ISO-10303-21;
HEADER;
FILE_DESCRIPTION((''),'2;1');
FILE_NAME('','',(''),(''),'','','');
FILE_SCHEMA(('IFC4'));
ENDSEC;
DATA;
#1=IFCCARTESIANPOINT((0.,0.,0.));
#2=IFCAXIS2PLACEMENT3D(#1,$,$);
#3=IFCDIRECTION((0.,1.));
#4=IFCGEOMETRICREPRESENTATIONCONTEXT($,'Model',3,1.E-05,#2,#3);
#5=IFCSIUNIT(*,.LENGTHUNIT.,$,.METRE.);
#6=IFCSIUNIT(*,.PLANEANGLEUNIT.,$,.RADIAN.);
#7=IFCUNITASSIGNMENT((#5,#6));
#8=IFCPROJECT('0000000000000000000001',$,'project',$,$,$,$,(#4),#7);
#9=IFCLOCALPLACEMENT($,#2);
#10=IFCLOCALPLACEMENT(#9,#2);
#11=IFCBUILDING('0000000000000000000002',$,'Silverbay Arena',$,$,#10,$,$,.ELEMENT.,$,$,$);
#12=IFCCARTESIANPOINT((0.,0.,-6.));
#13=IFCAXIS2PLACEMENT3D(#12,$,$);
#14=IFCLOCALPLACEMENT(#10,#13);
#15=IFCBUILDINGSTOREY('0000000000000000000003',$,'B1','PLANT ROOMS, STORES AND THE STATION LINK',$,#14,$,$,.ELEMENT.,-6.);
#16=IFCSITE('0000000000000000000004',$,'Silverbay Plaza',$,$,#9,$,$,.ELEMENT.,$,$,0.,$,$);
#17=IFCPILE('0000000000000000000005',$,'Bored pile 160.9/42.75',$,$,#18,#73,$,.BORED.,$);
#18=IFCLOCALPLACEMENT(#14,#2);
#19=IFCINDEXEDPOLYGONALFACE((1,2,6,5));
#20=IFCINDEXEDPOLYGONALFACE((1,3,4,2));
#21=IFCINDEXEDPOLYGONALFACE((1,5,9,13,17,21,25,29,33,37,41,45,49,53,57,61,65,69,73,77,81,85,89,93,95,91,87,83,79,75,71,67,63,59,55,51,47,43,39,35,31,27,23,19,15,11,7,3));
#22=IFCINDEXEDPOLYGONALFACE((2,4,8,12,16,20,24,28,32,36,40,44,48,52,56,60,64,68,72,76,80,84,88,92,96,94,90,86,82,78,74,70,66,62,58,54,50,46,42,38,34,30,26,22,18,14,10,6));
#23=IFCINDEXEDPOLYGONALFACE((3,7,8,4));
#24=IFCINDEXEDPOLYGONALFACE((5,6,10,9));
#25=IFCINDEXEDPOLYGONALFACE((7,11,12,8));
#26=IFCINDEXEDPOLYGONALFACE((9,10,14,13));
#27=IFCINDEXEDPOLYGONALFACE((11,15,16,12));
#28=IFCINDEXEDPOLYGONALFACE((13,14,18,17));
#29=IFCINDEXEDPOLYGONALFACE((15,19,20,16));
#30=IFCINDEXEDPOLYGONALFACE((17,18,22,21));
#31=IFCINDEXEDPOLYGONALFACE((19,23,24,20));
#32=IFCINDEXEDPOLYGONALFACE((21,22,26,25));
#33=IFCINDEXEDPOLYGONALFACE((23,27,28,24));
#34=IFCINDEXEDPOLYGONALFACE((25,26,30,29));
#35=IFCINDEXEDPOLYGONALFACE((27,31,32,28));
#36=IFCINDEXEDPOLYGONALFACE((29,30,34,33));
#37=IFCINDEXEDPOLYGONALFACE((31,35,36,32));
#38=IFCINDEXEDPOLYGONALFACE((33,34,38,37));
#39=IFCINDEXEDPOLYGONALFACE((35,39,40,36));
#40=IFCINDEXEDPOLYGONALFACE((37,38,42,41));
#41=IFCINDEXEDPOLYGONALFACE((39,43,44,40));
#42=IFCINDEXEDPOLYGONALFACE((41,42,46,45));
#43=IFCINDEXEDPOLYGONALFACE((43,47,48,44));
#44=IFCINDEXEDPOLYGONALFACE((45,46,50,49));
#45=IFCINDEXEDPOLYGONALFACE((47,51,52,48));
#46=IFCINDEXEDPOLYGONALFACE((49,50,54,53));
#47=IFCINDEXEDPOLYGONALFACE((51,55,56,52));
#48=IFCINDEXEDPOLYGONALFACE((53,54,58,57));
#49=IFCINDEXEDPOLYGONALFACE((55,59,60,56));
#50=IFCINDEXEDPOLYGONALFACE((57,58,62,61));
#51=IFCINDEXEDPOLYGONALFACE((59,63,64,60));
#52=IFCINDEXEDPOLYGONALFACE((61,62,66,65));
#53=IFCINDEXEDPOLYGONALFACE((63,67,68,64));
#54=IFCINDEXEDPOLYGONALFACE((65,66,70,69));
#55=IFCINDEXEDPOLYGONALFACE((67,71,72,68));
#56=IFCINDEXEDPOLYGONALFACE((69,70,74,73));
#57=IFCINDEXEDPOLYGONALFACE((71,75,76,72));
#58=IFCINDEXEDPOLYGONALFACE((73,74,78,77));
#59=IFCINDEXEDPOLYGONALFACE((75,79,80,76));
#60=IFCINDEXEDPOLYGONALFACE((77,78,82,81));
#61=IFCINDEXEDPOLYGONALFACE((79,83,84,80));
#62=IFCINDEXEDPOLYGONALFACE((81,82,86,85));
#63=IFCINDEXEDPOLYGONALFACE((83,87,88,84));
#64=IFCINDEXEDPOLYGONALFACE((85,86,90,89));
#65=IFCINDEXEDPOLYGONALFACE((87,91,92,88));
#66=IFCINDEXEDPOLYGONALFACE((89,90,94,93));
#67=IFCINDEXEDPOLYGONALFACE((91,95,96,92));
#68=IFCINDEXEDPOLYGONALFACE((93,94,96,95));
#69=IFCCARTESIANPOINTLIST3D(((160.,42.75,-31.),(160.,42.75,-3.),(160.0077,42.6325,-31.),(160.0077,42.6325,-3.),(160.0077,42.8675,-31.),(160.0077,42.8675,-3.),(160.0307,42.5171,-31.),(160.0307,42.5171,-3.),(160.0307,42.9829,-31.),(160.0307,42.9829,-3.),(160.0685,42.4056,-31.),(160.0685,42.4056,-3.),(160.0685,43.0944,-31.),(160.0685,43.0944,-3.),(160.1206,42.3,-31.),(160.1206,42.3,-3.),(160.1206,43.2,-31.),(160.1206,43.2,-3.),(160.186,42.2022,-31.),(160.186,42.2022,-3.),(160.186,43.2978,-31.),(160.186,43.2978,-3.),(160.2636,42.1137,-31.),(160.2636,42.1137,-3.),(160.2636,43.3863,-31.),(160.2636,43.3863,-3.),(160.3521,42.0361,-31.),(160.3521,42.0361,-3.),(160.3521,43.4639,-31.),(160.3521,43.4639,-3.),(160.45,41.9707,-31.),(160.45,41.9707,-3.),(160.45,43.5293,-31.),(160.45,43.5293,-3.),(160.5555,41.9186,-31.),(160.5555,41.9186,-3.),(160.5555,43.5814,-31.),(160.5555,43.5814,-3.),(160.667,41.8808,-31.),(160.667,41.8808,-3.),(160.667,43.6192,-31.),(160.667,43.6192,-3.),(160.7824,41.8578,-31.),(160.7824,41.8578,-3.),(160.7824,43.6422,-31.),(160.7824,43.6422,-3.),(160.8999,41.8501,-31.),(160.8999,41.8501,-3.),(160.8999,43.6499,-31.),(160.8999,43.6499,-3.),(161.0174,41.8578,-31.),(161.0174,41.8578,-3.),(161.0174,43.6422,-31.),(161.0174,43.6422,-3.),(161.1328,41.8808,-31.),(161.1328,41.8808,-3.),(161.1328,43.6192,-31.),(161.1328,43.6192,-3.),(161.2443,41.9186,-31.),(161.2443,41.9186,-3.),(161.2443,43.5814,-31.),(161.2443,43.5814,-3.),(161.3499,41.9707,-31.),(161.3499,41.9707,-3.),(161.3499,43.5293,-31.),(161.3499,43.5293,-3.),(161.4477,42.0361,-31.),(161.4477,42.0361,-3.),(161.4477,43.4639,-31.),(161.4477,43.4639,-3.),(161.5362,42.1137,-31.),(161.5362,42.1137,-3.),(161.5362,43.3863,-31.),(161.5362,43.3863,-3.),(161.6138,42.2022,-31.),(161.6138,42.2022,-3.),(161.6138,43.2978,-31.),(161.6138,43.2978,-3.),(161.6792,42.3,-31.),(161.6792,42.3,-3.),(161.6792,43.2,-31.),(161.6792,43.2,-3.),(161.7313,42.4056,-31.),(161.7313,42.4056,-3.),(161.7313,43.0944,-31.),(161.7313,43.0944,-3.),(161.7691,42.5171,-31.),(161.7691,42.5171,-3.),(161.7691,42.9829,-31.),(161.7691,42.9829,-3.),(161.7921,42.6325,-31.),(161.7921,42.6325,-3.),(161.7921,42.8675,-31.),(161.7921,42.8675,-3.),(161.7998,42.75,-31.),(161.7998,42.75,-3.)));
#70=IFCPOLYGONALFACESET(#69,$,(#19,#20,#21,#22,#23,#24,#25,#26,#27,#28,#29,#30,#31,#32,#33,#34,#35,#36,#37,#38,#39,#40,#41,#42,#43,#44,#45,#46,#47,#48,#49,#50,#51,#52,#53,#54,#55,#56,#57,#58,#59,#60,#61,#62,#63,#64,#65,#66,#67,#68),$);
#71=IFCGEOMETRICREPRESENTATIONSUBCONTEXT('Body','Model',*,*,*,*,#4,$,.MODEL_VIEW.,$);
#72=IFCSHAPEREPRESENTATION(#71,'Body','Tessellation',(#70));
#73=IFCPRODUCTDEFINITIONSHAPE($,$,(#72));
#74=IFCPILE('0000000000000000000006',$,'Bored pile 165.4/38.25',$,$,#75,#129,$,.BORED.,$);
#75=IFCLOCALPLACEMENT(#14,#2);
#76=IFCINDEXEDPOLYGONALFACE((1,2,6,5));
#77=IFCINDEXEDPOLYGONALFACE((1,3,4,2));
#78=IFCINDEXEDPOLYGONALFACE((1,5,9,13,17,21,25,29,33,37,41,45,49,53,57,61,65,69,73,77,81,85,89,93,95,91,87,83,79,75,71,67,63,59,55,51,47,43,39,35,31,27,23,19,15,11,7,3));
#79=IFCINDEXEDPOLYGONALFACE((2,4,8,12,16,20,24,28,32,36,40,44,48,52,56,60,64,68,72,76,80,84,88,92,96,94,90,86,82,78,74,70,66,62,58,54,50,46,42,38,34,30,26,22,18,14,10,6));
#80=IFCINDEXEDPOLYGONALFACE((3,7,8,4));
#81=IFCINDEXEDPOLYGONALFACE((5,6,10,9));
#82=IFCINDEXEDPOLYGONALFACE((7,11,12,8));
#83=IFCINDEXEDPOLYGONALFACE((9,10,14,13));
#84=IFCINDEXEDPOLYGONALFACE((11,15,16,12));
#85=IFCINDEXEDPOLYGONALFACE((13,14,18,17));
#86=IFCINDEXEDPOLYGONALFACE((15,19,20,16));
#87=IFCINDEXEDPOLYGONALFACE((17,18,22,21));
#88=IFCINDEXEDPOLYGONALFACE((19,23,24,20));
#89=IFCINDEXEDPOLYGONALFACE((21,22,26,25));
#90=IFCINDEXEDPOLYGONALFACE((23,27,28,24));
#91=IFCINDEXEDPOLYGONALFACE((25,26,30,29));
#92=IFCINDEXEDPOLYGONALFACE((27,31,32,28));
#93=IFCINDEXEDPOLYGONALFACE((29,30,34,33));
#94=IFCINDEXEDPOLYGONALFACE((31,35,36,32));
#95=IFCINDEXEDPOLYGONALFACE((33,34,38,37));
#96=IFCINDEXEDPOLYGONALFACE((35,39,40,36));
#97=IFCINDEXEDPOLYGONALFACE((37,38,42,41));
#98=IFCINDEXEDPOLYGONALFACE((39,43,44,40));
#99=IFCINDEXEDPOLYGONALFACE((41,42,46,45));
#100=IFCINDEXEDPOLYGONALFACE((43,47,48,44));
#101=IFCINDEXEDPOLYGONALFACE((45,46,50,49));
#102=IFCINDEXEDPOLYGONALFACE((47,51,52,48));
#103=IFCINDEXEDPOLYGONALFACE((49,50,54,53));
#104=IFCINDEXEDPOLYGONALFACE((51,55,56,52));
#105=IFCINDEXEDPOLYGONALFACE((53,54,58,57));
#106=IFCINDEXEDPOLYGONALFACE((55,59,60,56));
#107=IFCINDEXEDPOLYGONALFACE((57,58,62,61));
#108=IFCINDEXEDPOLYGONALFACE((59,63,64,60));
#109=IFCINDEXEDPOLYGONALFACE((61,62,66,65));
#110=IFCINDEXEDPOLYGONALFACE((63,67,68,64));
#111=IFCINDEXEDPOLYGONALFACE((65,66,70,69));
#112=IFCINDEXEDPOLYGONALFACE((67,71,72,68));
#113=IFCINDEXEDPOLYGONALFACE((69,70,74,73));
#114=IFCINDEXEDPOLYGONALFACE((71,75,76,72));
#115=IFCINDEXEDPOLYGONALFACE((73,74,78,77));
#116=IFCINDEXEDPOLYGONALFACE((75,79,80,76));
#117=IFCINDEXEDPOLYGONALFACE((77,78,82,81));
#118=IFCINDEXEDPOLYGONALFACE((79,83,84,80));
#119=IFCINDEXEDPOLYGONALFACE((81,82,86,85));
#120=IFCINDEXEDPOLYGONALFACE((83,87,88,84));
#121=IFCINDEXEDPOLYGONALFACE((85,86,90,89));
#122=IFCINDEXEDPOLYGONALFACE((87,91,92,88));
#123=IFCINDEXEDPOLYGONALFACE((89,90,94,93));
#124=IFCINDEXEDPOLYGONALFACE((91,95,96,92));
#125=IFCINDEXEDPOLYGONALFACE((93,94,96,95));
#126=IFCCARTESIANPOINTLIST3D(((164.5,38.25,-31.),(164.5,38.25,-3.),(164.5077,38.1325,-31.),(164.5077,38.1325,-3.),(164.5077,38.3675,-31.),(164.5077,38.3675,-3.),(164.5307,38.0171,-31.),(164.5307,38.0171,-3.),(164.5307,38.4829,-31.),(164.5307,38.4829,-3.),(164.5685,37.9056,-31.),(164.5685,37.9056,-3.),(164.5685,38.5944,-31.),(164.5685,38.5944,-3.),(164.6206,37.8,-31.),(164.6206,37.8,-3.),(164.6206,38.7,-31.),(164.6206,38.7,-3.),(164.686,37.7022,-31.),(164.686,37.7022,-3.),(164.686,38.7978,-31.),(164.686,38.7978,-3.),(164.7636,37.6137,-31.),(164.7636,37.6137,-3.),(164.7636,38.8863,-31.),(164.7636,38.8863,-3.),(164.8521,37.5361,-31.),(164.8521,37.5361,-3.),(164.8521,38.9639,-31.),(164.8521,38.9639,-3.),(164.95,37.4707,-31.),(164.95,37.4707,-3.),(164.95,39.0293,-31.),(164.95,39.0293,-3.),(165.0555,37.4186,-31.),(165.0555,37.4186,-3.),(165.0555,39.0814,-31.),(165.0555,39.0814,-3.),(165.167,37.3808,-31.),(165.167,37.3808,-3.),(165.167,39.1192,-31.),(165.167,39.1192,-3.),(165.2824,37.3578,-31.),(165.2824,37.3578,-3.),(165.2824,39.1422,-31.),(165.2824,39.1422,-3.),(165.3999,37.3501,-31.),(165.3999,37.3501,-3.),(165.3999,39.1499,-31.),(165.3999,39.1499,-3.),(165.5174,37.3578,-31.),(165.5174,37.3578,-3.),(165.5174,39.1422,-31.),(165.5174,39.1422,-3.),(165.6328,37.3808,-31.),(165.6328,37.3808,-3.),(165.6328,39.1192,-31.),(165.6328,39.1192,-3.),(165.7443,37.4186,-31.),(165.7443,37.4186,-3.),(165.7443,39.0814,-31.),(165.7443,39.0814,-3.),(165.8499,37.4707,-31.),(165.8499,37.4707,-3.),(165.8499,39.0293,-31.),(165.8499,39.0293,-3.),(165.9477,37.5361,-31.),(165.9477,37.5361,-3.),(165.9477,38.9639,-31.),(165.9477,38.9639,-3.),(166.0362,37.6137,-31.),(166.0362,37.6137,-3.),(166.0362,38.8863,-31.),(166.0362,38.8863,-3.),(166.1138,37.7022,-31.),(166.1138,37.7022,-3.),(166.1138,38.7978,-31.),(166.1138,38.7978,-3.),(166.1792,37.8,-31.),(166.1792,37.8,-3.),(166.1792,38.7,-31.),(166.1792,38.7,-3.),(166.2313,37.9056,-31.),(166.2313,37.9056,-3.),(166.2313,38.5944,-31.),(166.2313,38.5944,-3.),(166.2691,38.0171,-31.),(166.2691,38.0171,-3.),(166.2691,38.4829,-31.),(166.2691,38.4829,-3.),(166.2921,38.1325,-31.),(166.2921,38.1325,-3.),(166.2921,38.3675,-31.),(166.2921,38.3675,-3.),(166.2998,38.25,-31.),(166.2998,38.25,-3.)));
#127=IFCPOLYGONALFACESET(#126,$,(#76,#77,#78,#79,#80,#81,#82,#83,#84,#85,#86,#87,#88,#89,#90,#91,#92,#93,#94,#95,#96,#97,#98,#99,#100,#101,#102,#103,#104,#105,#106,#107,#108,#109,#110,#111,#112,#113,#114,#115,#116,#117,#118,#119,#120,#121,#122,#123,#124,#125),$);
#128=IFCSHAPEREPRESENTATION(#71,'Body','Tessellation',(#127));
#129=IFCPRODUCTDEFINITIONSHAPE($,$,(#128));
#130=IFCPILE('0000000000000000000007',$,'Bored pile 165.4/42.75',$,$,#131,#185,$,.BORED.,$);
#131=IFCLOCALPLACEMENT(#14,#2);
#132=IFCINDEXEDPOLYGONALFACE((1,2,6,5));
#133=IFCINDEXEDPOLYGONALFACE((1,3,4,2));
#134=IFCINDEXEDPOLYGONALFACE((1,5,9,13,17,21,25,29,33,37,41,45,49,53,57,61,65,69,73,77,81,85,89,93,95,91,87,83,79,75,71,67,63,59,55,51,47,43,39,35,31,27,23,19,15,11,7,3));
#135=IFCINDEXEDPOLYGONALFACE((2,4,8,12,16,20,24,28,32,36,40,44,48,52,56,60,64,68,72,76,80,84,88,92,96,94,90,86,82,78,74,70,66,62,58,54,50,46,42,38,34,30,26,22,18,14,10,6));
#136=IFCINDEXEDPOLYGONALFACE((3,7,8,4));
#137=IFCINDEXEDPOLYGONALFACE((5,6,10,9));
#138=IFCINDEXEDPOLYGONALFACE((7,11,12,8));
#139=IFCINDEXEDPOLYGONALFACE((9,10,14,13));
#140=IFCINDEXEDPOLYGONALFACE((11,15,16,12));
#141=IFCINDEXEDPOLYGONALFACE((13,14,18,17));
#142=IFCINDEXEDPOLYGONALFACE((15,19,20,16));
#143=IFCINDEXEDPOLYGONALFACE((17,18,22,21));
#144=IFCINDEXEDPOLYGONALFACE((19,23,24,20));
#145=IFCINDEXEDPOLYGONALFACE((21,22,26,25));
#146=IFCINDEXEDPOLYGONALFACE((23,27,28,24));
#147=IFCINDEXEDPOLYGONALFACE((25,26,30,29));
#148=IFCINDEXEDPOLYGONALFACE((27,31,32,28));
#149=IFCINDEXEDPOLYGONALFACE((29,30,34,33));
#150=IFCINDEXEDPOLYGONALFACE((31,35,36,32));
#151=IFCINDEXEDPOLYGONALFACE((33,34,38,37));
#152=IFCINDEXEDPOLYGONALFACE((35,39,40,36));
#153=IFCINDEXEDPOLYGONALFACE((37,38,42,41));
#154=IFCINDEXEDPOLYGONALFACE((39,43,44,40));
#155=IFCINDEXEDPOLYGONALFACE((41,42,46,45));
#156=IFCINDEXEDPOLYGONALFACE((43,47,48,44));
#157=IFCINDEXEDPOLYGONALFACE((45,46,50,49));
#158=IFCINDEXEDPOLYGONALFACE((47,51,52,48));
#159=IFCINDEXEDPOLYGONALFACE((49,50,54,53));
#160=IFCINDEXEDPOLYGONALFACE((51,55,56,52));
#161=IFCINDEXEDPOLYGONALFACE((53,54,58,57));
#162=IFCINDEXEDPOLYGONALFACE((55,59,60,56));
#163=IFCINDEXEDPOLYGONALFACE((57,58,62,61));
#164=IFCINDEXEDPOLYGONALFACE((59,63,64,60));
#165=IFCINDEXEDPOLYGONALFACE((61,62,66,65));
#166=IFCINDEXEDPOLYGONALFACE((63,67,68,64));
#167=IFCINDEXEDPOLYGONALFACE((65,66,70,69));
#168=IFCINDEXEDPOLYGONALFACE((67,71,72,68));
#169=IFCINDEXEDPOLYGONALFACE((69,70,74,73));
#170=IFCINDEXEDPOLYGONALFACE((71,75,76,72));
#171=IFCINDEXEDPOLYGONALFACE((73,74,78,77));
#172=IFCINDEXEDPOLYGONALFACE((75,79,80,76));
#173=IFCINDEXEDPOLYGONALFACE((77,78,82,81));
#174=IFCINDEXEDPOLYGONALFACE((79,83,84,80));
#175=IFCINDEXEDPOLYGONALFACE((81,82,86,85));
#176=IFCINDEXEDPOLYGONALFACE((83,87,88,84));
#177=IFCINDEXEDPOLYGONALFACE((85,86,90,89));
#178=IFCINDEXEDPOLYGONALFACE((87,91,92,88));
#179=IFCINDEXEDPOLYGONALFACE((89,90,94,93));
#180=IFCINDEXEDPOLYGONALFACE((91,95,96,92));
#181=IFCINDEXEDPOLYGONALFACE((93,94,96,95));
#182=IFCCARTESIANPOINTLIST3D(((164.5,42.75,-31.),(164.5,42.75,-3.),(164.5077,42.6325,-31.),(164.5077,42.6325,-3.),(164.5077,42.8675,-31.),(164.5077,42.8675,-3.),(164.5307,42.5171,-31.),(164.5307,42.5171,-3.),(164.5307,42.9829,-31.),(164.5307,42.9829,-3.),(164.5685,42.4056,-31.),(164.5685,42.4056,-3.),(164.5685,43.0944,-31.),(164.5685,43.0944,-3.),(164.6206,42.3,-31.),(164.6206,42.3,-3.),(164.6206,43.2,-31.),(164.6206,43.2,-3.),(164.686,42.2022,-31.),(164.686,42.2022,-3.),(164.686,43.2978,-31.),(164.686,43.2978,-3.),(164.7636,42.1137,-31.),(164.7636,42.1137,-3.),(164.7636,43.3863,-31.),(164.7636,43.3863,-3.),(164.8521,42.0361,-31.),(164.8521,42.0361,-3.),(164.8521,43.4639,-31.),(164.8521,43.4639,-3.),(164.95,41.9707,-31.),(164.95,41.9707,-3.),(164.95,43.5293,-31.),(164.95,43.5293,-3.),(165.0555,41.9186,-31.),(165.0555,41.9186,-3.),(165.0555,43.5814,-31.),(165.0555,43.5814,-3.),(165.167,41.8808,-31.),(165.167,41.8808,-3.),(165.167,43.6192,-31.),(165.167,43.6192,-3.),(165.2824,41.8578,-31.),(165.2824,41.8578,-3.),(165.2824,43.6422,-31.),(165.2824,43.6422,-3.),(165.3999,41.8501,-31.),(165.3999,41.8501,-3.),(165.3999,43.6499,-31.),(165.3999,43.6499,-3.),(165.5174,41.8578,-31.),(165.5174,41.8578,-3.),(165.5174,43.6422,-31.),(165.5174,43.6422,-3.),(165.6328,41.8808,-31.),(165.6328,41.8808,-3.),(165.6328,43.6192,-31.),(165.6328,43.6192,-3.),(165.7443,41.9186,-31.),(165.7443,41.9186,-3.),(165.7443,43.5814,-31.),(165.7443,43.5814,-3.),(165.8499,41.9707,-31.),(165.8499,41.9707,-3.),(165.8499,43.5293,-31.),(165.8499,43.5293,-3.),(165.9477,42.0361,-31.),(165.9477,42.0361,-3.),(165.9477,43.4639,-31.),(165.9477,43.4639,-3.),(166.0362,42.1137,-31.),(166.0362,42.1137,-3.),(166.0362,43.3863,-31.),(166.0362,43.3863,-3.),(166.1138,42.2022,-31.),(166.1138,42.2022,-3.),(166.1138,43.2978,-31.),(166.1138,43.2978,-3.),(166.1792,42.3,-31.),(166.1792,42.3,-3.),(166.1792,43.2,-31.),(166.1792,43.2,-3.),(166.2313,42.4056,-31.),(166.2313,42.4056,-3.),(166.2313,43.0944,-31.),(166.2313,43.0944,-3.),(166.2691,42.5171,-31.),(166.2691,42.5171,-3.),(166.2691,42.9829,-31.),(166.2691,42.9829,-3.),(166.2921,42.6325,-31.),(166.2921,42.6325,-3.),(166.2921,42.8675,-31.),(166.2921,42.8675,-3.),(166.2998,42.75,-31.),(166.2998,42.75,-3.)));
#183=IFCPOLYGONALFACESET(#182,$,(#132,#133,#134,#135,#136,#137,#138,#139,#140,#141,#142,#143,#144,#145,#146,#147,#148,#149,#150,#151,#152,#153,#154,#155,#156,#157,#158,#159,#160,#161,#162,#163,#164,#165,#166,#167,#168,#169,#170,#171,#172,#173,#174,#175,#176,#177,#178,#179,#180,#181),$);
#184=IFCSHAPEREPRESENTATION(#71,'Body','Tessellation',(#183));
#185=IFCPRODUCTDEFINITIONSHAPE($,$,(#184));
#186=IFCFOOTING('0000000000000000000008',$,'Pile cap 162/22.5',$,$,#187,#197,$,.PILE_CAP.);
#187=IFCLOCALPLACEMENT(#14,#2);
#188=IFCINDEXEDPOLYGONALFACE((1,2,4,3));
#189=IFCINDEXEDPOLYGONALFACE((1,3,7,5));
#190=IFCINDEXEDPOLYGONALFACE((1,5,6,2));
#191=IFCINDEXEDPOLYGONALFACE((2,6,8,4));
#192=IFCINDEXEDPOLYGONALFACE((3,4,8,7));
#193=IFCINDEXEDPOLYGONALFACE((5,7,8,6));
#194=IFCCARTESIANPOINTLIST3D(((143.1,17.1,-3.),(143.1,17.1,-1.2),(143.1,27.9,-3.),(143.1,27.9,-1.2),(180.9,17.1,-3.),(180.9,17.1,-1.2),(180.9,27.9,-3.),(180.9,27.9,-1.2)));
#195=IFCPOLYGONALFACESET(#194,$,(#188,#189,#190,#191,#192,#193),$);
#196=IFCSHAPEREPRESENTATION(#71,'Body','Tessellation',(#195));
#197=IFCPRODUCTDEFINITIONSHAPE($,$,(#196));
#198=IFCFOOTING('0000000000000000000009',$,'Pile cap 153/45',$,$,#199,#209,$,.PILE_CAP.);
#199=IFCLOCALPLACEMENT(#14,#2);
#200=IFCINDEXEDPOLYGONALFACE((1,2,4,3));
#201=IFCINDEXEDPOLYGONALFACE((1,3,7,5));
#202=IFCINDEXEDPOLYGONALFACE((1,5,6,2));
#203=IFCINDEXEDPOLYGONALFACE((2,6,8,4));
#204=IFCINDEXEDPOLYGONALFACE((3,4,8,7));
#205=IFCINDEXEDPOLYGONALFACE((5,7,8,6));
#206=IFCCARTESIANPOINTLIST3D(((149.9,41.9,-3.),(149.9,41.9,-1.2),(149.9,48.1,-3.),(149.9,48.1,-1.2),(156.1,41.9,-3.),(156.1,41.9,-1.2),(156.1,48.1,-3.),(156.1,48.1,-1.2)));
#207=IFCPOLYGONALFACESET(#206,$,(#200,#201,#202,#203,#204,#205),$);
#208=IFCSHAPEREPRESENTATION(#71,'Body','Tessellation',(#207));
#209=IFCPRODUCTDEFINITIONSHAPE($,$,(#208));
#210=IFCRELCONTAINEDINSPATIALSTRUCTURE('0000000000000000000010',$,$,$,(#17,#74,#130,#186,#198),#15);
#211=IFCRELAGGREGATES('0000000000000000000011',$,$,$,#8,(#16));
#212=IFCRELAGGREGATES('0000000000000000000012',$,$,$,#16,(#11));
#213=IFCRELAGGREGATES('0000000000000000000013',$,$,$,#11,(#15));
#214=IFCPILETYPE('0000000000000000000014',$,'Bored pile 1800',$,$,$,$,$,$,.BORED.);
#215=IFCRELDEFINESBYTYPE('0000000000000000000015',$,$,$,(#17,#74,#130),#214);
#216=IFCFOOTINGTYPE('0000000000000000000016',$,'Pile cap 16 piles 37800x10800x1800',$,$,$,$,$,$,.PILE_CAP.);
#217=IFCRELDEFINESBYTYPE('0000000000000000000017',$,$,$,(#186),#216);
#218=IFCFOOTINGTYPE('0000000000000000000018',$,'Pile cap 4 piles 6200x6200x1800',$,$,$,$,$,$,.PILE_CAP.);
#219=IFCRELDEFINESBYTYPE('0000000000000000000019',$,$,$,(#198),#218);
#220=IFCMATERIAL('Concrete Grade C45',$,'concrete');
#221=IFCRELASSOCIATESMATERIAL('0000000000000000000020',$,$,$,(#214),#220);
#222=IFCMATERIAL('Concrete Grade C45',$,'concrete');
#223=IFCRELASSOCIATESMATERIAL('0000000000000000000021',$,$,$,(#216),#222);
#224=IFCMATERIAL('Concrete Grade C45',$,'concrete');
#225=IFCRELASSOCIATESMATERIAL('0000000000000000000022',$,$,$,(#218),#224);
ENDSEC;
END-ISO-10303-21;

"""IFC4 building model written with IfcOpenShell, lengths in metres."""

from ifc_helpers import new_model, si_unit, direction, frame, origin, origin_2d, place, context, subcontext, project, spatial, rectangle, circle, extrude, material, material_profile, profile_set, type_object, element, save


model = new_model("IFC4")

# Units and contexts
model_context = context("Model", 3, precision=1e-05, world=origin(), true_north=direction((0.0, 1.0)))
body_context = subcontext(model_context, "Body", "Model", "MODEL_VIEW")
ifc_project = project(units=[si_unit("LENGTHUNIT", "METRE"), si_unit("PLANEANGLEUNIT", "RADIAN")], contexts=[model_context])

# Site, building, storey
site_placement = place(None, origin())
site = spatial("IfcSite", under=ifc_project, at=site_placement, Name="Silverbay Plaza", CompositionType="ELEMENT", RefElevation=0.0)
building_placement = place(site_placement, origin())
building = spatial("IfcBuilding", under=site, at=building_placement, Name="Silverbay Arena", CompositionType="ELEMENT")
storey_placement = place(building_placement, frame((0.0, 0.0, -6.0)))
storey = spatial("IfcBuildingStorey", under=building, at=storey_placement, Name="B1", Description="PLANT ROOMS, STORES AND THE STATION LINK", CompositionType="ELEMENT", Elevation=-6.0)

# Piles
ifc_material_1 = material(Name="Concrete Grade C45", Category="concrete")
ifc_material_profile_1 = material_profile(ifc_material_1, circle(Radius=0.8999, at=origin_2d()), Name="Bored pile 1800")
ifc_profile_set_1 = profile_set([ifc_material_profile_1], Name="Concrete Grade C45")
pile_type_1 = type_object("IfcPileType", Name="Bored pile 1800", PredefinedType="BORED", material=ifc_profile_set_1)
for number, where, z_axis, x_axis, name in (
    (1, (160.8999, 42.75, -3.0), (0.0, 0.0, -1.0), (1.0, 0.0, 0.0), "Bored pile 160.9/42.75"),
    (2, (165.3999, 38.25, -3.0), (0.0, 0.0, -1.0), (1.0, 0.0, 0.0), "Bored pile 165.4/38.25"),
    (3, (165.3999, 42.75, -3.0), (0.0, 0.0, -1.0), (1.0, 0.0, 0.0), "Bored pile 165.4/42.75"),
):
    element("IfcPile", number, at=place(storey_placement, frame(where, z_axis=z_axis, x_axis=x_axis)), inside=storey, type_object=pile_type_1, Name=name, PredefinedType="BORED", context=body_context, shape_type="SweptSolid", body=[
        extrude(circle(Radius=0.8999, at=origin_2d()), origin(), (0.0, 0.0, 1.0), 28.0),
    ])

# Footings
ifc_material_2 = material(Name="Concrete Grade C45", Category="concrete")
footing_type_1 = type_object("IfcFootingType", Name="Pile cap 16 piles 37800x10800x1800", PredefinedType="PILE_CAP", material=ifc_material_2)
footing_1_placement = place(storey_placement, frame((162.0, 22.5, -3.0), z_axis=(0.0, 0.0, 1.0), x_axis=(1.0, 0.0, 0.0)))
element("IfcFooting", 4, at=footing_1_placement, inside=storey, type_object=footing_type_1, Name="Pile cap 162/22.5", PredefinedType="PILE_CAP", context=body_context, shape_type="SweptSolid", body=[
    extrude(rectangle(XDim=37.8, YDim=10.8, at=origin_2d()), origin(), (0.0, 0.0, 1.0), 1.8),
])
ifc_material_3 = material(Name="Concrete Grade C45", Category="concrete")
footing_type_2 = type_object("IfcFootingType", Name="Pile cap 4 piles 6200x6200x1800", PredefinedType="PILE_CAP", material=ifc_material_3)
footing_2_placement = place(storey_placement, frame((153.0, 45.0, -3.0), z_axis=(0.0, 0.0, 1.0), x_axis=(1.0, 0.0, 0.0)))
element("IfcFooting", 5, at=footing_2_placement, inside=storey, type_object=footing_type_2, Name="Pile cap 153/45", PredefinedType="PILE_CAP", context=body_context, shape_type="SweptSolid", body=[
    extrude(rectangle(XDim=6.2, YDim=6.2, at=origin_2d()), origin(), (0.0, 0.0, 1.0), 1.8),
])

save(model, "model.ifc")
